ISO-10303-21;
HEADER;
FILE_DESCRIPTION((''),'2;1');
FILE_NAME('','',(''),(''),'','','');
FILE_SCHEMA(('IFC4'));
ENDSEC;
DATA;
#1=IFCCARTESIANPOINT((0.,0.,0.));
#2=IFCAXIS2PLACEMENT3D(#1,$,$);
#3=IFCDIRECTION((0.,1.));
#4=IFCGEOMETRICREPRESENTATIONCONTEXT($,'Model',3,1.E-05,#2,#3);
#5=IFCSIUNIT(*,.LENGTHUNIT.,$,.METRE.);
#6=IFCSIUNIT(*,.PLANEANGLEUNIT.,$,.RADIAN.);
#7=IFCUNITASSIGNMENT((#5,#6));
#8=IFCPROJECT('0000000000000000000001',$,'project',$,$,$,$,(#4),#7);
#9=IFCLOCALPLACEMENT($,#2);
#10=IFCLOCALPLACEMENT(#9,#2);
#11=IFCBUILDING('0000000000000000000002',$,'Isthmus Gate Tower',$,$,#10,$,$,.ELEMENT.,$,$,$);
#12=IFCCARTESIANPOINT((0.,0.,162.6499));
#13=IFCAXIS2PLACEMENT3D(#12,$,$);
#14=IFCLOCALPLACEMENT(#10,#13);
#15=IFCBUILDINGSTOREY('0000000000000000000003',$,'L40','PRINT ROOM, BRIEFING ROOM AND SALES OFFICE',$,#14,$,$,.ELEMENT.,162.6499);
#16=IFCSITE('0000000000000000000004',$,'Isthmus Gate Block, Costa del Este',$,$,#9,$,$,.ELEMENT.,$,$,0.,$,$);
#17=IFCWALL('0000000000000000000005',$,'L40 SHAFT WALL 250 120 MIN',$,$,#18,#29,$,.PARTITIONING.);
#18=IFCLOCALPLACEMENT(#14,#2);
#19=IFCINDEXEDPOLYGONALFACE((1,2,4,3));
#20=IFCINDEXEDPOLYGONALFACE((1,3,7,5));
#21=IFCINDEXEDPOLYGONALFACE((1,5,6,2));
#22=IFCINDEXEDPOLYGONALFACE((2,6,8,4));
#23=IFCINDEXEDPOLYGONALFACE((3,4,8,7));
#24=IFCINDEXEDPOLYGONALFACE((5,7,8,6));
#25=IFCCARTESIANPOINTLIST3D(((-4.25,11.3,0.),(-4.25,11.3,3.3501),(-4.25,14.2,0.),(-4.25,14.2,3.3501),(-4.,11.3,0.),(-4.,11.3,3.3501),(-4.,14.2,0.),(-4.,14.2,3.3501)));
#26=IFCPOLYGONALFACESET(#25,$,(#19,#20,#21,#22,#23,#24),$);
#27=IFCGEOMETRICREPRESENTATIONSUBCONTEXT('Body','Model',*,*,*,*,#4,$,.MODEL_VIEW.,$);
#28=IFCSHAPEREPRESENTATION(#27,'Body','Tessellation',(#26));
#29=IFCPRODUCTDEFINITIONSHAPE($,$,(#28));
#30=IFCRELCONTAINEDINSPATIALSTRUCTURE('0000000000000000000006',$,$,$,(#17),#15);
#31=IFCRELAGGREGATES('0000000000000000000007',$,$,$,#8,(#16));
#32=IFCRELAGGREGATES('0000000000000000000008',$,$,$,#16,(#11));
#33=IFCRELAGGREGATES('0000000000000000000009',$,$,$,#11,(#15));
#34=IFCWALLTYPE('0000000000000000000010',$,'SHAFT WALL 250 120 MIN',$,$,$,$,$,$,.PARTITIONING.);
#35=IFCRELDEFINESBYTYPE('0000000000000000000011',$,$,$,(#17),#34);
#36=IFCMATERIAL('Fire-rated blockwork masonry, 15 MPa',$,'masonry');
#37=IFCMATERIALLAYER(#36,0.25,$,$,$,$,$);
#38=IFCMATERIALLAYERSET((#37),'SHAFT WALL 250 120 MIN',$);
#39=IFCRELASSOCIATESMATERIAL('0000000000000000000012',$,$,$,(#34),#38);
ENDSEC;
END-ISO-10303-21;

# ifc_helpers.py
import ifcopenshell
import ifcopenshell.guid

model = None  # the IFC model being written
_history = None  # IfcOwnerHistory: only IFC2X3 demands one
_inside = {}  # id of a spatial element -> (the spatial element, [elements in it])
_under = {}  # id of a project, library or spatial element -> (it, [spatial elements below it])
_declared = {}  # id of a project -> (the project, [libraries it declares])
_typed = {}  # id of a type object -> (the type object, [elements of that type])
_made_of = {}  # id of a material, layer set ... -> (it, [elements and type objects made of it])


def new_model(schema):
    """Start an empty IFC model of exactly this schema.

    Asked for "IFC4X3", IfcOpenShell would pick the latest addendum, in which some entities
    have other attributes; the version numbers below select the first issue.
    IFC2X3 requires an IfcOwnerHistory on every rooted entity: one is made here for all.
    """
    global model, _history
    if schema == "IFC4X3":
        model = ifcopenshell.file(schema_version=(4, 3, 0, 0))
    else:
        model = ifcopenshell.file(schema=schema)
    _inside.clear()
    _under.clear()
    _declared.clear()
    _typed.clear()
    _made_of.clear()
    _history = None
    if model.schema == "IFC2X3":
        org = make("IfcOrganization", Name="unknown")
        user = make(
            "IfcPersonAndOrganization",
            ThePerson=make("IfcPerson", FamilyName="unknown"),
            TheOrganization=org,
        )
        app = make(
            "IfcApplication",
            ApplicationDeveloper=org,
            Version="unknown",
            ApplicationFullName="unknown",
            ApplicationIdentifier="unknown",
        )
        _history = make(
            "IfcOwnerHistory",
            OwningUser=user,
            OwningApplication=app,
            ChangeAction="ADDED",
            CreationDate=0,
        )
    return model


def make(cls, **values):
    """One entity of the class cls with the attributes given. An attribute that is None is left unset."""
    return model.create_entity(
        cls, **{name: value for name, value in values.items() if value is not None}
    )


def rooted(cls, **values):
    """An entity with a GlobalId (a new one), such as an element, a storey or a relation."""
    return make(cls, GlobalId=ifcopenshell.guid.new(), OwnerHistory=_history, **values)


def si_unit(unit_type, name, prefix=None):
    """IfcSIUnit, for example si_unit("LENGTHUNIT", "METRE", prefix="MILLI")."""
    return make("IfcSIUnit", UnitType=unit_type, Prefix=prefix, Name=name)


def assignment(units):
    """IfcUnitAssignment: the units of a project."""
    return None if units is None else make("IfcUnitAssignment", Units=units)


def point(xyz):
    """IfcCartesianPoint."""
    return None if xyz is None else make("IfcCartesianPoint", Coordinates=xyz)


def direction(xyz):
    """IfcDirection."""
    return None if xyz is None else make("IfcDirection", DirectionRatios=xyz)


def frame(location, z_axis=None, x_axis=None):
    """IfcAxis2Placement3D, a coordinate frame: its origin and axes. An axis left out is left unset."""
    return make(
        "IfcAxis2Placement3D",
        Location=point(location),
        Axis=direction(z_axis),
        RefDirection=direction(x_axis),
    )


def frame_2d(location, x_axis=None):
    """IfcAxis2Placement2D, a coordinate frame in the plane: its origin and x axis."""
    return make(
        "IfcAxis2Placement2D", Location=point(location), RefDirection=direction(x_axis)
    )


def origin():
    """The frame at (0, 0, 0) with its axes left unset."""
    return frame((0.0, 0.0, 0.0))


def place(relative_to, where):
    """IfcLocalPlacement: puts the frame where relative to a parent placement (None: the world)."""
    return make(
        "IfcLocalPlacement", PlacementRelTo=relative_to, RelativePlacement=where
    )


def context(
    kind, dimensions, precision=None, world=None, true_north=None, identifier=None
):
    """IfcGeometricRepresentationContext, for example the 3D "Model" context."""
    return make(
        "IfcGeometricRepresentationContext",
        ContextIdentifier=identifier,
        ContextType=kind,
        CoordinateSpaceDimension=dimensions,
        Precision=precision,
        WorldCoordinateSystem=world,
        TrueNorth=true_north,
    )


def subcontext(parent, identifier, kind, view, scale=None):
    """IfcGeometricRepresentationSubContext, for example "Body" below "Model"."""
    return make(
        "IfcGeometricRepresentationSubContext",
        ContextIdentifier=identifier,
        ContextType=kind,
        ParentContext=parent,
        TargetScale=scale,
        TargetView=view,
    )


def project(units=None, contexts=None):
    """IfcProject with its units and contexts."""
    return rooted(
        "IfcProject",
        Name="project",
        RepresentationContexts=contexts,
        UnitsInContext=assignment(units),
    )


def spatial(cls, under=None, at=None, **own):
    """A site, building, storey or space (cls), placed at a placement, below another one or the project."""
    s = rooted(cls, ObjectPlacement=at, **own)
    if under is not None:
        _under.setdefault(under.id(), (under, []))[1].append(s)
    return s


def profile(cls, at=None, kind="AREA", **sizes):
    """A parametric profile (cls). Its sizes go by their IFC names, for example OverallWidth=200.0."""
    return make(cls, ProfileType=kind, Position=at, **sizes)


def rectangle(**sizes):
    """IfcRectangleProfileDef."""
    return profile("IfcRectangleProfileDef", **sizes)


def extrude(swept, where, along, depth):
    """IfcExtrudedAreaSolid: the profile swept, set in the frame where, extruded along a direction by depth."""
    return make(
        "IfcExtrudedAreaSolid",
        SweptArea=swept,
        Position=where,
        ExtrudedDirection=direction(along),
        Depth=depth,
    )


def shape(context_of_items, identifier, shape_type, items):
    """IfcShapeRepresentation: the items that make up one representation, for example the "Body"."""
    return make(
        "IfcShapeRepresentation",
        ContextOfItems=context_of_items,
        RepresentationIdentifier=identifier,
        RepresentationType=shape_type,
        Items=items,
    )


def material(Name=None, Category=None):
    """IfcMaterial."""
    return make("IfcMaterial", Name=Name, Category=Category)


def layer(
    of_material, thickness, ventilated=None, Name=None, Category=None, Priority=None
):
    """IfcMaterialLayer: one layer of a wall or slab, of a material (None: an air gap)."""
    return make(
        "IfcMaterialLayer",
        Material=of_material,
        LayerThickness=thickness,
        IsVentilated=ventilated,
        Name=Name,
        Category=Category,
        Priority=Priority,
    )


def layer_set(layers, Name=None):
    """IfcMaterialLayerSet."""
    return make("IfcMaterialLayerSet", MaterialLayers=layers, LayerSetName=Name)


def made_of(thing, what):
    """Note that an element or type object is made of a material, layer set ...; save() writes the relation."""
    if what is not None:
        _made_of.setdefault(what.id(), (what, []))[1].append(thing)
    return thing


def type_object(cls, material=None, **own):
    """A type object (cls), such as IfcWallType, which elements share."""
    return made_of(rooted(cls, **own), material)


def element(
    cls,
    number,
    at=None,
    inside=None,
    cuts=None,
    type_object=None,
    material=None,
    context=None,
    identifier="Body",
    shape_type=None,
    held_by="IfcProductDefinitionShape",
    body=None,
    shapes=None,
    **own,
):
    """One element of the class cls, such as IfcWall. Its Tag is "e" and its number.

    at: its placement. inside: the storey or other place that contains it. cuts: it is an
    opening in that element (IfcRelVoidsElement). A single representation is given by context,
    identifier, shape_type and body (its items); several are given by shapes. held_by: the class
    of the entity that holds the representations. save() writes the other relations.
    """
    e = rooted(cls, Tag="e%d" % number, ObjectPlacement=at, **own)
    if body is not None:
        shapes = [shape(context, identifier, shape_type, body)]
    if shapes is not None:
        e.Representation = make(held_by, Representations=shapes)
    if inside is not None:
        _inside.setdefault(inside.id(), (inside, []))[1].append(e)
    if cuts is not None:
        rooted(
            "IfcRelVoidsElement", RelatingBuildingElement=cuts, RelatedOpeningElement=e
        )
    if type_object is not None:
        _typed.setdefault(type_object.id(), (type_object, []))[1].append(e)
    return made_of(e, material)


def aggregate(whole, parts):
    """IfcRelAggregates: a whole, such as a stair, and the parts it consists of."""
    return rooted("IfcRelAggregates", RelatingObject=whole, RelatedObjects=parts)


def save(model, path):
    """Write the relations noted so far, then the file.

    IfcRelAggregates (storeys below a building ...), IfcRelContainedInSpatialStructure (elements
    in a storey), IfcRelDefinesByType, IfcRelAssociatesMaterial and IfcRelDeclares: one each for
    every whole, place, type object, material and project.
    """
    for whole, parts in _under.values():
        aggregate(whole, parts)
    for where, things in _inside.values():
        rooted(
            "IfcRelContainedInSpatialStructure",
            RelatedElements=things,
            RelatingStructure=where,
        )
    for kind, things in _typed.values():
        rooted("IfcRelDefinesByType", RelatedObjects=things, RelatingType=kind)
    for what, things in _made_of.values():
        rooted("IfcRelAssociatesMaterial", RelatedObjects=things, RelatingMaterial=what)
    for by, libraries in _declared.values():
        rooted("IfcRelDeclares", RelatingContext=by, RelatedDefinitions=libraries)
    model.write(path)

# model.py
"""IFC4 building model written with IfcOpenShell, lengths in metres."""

from ifc_helpers import new_model, si_unit, direction, frame, frame_2d, origin, place, context, subcontext, project, spatial, rectangle, extrude, material, layer, layer_set, type_object, element, save


model = new_model("IFC4")

# Units and contexts
model_context = context("Model", 3, precision=1e-05, world=origin(), true_north=direction((0.0, 1.0)))
body_context = subcontext(model_context, "Body", "Model", "MODEL_VIEW")
ifc_project = project(units=[si_unit("LENGTHUNIT", "METRE"), si_unit("PLANEANGLEUNIT", "RADIAN")], contexts=[model_context])

# Site, building, storey
site_placement = place(None, origin())
site = spatial("IfcSite", under=ifc_project, at=site_placement, Name="Isthmus Gate Block, Costa del Este", CompositionType="ELEMENT", RefElevation=0.0)
building_placement = place(site_placement, origin())
building = spatial("IfcBuilding", under=site, at=building_placement, Name="Isthmus Gate Tower", CompositionType="ELEMENT")
storey_placement = place(building_placement, frame((0.0, 0.0, 162.6499)))
storey = spatial("IfcBuildingStorey", under=building, at=storey_placement, Name="L40", Description="PRINT ROOM, BRIEFING ROOM AND SALES OFFICE", CompositionType="ELEMENT", Elevation=162.6499)

# Wall
ifc_material_1 = material(Name="Fire-rated blockwork masonry, 15 MPa", Category="masonry")
ifc_layer_1 = layer(ifc_material_1, 0.25)
ifc_layer_set_1 = layer_set([ifc_layer_1], Name="SHAFT WALL 250 120 MIN")
wall_type_1 = type_object("IfcWallType", Name="SHAFT WALL 250 120 MIN", PredefinedType="PARTITIONING", material=ifc_layer_set_1)
for number, where, z_axis, x_axis, name in (
    (1, (-4.125, 11.3, 0.0), (0.0, 0.0, 1.0), (0.0, 1.0, 0.0), "L40 SHAFT WALL 250 120 MIN"),
):
    element("IfcWall", number, at=place(storey_placement, frame(where, z_axis=z_axis, x_axis=x_axis)), inside=storey, type_object=wall_type_1, Name=name, PredefinedType="PARTITIONING", context=body_context, shape_type="SweptSolid", body=[
        extrude(rectangle(XDim=2.8999, YDim=0.25, at=frame_2d((1.45, 0.0))), origin(), (0.0, 0.0, 1.0), 3.3501),
    ])

save(model, "model.ifc")
